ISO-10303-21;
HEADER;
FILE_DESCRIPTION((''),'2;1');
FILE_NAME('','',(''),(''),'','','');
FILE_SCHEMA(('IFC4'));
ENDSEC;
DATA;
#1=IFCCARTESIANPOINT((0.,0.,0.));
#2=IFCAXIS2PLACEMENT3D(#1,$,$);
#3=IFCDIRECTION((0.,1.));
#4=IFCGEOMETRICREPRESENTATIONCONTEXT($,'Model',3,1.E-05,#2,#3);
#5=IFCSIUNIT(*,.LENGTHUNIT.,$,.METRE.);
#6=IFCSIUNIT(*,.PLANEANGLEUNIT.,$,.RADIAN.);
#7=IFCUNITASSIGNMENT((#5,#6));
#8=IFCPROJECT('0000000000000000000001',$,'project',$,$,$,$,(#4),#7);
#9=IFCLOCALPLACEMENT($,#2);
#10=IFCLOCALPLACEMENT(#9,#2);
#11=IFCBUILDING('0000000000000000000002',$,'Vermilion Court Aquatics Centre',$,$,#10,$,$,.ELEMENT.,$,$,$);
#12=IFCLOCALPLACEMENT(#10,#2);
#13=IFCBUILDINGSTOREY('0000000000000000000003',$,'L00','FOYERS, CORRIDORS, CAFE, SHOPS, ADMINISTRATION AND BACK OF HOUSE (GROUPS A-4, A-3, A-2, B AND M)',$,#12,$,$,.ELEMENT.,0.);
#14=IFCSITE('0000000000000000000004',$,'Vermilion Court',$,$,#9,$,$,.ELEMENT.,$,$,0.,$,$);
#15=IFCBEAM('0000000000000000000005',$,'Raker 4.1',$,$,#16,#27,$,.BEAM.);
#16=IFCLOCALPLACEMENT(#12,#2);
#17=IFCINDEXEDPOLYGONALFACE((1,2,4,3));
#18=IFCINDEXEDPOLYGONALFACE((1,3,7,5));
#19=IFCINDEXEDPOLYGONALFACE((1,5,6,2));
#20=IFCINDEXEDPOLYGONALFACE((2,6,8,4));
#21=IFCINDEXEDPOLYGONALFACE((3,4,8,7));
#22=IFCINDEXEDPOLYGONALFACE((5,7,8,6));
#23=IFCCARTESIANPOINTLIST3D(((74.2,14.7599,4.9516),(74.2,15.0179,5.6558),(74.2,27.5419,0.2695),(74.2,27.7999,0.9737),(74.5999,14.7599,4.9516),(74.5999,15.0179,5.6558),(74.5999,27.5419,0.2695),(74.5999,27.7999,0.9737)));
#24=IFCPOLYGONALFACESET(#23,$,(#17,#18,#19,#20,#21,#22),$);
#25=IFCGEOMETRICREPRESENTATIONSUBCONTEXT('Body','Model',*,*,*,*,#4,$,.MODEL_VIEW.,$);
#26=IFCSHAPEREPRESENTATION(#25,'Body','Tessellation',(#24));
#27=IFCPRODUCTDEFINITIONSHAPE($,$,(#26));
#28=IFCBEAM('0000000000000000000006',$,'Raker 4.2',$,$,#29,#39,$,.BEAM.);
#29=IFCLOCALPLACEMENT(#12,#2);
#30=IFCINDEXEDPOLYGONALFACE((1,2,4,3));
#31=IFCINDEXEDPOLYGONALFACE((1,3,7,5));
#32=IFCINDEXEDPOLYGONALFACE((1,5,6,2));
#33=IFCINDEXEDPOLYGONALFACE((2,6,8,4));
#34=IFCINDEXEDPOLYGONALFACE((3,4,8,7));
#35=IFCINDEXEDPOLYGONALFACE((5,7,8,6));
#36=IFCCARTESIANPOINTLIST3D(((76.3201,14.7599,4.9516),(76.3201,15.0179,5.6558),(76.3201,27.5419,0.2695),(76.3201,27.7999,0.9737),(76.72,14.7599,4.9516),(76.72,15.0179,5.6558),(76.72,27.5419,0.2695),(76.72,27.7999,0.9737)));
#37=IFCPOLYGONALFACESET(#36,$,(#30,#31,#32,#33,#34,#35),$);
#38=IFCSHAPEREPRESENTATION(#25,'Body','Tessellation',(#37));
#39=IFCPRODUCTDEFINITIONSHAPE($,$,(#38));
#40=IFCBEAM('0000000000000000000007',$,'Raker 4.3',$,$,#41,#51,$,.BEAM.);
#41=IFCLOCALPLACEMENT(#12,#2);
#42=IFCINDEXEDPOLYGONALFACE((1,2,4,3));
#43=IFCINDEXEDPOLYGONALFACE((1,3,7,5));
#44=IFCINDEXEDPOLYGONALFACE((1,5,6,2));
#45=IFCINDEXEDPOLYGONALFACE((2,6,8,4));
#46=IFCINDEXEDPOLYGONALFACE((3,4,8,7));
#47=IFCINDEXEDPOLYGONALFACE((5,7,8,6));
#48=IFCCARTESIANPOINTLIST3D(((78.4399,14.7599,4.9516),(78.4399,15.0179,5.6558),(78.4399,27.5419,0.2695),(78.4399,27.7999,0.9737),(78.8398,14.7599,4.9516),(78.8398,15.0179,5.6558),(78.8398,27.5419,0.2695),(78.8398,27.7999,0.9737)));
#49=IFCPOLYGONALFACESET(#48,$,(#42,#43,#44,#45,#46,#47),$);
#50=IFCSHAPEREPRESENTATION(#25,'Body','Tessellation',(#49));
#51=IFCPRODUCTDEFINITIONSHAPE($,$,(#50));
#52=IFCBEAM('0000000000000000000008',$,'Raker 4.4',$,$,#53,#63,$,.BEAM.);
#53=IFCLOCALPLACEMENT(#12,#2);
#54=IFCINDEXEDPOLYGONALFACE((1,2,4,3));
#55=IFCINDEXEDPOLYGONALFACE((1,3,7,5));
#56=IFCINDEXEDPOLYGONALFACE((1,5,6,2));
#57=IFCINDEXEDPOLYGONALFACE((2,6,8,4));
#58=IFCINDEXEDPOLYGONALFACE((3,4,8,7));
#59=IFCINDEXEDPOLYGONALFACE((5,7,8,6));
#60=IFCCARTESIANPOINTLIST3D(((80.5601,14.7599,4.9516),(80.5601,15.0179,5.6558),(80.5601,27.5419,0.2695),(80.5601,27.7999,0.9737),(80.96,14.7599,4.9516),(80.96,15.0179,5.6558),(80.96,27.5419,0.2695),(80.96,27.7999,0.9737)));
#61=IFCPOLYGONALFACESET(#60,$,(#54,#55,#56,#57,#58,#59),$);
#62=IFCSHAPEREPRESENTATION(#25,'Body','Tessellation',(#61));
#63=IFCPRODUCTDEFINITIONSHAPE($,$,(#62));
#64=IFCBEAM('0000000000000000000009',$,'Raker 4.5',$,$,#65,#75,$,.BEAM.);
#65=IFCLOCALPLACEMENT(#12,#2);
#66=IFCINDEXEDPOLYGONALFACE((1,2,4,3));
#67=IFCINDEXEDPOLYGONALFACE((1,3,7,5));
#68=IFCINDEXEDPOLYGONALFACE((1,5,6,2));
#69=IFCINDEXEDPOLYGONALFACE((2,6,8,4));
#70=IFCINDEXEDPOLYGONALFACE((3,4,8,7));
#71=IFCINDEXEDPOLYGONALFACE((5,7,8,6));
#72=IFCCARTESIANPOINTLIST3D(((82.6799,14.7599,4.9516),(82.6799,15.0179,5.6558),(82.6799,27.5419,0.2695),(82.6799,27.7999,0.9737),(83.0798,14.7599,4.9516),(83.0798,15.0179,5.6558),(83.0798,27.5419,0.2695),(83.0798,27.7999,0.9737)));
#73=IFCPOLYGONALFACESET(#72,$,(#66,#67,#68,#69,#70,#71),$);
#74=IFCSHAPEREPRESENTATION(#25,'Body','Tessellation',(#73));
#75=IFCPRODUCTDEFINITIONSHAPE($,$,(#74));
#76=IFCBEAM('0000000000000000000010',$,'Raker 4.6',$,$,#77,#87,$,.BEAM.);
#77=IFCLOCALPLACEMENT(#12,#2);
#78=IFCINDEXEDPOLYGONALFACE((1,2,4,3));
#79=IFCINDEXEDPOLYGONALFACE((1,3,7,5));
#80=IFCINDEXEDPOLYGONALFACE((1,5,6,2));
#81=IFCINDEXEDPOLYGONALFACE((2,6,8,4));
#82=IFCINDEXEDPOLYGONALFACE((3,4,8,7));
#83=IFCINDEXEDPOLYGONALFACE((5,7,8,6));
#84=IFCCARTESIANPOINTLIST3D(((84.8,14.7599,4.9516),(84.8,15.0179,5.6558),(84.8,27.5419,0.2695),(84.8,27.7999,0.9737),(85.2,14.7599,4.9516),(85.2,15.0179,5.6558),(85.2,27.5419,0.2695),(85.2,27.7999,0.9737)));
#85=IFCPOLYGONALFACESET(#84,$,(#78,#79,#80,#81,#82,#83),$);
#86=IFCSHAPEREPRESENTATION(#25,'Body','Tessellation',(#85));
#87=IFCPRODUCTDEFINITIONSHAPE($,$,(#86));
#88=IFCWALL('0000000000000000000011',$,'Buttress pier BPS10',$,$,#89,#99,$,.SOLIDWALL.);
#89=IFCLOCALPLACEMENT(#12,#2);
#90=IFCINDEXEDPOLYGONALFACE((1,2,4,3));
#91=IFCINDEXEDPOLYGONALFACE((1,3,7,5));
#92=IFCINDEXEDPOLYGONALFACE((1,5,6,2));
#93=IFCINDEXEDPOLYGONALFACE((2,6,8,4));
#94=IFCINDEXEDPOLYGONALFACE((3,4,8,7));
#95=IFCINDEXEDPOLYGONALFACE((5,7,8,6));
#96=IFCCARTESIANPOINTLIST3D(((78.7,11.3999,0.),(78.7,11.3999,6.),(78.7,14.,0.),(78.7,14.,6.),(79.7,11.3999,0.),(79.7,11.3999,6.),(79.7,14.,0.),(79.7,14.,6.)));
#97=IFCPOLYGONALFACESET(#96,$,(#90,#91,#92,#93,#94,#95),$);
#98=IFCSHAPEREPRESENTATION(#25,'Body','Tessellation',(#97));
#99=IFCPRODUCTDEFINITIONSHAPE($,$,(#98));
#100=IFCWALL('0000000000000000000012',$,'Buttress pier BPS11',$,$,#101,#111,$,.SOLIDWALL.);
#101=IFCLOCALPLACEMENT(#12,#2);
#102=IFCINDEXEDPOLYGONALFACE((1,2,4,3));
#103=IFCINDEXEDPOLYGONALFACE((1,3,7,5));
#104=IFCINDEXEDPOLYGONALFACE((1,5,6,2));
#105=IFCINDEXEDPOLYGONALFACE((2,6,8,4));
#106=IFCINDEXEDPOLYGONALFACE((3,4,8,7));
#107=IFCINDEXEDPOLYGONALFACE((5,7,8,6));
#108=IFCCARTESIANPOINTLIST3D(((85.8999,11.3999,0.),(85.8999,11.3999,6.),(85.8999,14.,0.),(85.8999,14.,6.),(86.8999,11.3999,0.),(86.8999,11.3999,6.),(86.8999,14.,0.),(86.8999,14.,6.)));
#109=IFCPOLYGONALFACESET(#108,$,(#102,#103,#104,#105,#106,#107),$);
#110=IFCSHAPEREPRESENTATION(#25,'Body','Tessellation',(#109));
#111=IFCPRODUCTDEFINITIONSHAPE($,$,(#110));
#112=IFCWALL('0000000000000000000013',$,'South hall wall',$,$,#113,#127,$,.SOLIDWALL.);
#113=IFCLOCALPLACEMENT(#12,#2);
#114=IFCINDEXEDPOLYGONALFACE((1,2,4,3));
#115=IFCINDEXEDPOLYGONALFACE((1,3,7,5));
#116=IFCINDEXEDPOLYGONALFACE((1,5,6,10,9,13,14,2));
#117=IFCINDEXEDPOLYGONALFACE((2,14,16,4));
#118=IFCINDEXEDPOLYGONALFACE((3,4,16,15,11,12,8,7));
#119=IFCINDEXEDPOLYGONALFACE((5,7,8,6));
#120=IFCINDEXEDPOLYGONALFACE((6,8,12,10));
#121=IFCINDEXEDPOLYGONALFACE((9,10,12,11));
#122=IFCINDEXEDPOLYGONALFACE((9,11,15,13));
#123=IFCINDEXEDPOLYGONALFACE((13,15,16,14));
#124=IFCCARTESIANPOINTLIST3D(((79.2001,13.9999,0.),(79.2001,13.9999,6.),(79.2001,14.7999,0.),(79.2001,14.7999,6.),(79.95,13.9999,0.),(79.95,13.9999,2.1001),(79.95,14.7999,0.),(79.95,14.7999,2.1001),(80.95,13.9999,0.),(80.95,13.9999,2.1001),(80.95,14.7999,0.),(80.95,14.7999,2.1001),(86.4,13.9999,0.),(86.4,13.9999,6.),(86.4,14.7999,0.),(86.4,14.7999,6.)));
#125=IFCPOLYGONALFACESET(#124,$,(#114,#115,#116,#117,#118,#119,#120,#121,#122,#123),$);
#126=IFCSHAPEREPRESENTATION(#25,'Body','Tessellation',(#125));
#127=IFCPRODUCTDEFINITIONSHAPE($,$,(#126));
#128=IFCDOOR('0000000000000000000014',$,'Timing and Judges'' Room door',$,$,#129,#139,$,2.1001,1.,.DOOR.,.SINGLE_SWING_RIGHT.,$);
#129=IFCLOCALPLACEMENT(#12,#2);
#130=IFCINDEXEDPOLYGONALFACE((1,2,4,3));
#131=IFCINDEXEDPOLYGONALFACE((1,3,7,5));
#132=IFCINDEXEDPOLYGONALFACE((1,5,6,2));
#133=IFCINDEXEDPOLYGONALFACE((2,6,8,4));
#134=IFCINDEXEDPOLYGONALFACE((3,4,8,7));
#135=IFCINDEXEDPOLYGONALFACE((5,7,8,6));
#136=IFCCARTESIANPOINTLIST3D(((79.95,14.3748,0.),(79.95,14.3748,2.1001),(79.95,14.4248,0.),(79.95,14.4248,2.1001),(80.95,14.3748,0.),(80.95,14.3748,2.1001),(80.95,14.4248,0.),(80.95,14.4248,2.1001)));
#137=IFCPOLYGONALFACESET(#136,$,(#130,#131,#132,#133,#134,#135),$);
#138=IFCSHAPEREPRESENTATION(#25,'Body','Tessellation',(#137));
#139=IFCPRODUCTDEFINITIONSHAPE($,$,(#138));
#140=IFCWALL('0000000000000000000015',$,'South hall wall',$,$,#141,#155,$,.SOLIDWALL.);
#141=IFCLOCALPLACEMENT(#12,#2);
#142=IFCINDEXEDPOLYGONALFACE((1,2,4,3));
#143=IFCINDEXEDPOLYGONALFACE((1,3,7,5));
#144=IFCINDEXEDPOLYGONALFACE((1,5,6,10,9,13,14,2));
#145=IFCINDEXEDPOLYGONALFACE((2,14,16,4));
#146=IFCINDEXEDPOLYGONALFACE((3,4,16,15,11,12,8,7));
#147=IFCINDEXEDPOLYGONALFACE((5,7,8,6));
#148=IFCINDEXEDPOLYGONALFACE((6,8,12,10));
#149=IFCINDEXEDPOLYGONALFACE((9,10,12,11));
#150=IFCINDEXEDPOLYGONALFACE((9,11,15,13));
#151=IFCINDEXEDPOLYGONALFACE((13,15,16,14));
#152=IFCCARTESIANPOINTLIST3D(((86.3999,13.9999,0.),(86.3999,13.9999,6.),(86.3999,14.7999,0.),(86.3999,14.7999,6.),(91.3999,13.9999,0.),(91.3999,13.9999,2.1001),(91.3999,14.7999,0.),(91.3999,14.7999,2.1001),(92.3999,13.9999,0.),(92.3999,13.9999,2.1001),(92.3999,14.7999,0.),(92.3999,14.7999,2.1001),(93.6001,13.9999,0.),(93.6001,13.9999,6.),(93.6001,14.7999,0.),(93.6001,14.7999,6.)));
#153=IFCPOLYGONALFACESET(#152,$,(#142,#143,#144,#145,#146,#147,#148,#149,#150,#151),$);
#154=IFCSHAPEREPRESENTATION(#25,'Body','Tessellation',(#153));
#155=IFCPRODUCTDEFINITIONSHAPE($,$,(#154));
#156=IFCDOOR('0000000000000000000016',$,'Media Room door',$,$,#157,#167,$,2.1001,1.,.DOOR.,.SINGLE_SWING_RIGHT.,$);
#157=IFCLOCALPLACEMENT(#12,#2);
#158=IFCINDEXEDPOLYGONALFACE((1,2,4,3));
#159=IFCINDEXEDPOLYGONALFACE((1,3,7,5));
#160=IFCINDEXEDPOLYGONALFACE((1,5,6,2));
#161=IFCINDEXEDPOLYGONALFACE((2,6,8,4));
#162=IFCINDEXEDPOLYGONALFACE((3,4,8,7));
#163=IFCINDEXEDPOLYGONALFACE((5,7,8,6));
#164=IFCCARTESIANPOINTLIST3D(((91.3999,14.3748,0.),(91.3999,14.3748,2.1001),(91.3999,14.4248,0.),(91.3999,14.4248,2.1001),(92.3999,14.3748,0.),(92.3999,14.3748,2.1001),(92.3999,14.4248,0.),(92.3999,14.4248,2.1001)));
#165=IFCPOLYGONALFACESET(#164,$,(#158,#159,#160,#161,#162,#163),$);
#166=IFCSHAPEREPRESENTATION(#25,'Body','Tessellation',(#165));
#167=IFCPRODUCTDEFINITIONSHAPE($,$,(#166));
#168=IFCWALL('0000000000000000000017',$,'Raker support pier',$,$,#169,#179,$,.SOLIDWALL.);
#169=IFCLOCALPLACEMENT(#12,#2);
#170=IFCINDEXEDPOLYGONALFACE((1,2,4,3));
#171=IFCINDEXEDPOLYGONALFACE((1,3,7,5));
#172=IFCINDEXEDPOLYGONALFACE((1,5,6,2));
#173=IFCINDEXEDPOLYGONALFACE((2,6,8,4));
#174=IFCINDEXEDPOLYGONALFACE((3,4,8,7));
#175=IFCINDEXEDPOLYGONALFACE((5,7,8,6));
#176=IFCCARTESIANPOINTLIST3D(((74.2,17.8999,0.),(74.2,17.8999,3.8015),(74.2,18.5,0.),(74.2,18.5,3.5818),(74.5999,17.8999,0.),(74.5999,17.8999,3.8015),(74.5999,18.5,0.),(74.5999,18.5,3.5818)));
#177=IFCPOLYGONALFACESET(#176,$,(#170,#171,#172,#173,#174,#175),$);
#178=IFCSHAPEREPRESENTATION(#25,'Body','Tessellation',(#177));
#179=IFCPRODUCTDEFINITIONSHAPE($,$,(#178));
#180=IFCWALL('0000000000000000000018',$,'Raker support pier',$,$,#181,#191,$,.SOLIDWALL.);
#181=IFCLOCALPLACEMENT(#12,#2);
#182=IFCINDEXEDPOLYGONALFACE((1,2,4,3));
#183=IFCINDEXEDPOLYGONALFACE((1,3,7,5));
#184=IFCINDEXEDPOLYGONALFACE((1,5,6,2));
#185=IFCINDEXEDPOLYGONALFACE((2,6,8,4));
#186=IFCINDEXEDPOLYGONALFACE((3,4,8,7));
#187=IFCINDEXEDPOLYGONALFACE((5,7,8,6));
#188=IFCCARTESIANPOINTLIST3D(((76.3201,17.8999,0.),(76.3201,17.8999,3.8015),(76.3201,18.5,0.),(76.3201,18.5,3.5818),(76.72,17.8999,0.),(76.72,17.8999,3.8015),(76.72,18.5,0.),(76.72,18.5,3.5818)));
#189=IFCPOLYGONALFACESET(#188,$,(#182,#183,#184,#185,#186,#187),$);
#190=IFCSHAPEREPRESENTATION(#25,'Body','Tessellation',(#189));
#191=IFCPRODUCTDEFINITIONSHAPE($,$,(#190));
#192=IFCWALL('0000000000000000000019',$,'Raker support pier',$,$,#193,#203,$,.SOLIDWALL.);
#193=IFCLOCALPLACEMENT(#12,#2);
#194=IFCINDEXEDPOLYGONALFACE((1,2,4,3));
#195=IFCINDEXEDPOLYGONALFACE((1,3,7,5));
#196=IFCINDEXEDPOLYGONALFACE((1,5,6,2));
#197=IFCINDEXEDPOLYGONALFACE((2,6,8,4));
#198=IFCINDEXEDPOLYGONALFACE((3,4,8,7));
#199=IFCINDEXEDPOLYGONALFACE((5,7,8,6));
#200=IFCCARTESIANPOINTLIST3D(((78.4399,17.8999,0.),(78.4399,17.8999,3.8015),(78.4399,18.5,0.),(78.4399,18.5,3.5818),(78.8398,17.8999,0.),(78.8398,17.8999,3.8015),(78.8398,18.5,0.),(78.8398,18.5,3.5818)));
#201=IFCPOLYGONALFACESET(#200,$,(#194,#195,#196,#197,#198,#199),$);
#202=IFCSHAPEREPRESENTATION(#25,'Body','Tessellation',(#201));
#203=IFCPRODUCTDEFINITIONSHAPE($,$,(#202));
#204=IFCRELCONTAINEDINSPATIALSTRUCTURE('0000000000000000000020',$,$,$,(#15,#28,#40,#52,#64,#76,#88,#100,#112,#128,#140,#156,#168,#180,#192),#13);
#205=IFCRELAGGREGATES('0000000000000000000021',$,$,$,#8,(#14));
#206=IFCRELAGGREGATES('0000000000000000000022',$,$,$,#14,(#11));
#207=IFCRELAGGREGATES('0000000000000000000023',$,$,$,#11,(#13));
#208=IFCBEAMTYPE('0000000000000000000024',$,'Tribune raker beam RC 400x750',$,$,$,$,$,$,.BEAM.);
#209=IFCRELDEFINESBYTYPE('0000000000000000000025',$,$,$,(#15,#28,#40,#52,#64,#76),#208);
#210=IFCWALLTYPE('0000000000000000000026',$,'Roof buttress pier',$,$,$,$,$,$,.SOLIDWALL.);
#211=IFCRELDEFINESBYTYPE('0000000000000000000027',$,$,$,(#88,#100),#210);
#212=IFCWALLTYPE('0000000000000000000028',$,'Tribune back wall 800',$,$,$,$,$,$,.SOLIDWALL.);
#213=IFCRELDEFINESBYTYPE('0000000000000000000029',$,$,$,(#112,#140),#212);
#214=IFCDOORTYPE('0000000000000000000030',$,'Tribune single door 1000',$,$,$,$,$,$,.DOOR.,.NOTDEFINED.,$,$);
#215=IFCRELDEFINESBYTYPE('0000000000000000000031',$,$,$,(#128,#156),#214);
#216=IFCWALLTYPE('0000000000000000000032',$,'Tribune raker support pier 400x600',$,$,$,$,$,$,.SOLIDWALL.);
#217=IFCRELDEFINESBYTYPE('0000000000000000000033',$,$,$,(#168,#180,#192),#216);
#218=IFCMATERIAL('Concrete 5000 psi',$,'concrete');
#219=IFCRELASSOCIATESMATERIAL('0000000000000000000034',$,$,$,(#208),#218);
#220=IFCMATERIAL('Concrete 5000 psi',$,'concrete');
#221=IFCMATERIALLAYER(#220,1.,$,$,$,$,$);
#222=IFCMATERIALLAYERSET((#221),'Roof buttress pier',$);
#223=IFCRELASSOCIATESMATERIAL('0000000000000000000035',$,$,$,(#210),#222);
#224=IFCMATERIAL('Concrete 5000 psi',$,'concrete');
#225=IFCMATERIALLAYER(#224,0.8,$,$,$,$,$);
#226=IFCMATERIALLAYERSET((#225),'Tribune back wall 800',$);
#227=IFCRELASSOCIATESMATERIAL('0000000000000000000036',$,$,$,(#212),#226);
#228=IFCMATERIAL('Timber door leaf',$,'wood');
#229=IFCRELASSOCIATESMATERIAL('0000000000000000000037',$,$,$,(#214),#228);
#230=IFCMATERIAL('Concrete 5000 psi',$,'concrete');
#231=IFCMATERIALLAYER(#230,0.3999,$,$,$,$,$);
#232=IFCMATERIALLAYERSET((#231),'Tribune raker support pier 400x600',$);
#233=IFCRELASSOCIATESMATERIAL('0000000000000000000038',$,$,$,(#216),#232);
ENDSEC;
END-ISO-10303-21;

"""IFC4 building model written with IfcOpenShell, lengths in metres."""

from ifc_helpers import new_model, si_unit, direction, frame, frame_2d, origin, origin_2d, place, context, subcontext, project, spatial, polyline, rectangle, outline, extrude, material, layer, layer_set, material_profile, profile_set, type_object, element, fill, save


model = new_model("IFC4")

# Units and contexts
model_context = context("Model", 3, precision=1e-05, world=origin(), true_north=direction((0.0, 1.0)))
body_context = subcontext(model_context, "Body", "Model", "MODEL_VIEW")
ifc_project = project(units=[si_unit("LENGTHUNIT", "METRE"), si_unit("PLANEANGLEUNIT", "RADIAN")], contexts=[model_context])

# Site, building, storey
site_placement = place(None, origin())
site = spatial("IfcSite", under=ifc_project, at=site_placement, Name="Vermilion Court", CompositionType="ELEMENT", RefElevation=0.0)
building_placement = place(site_placement, origin())
building = spatial("IfcBuilding", under=site, at=building_placement, Name="Vermilion Court Aquatics Centre", CompositionType="ELEMENT")
storey_placement = place(building_placement, origin())
storey = spatial("IfcBuildingStorey", under=building, at=storey_placement, Name="L00", Description="FOYERS, CORRIDORS, CAFE, SHOPS, ADMINISTRATION AND BACK OF HOUSE (GROUPS A-4, A-3, A-2, B AND M)", CompositionType="ELEMENT", Elevation=0.0)

# Beams
ifc_material_1 = material(Name="Concrete 5000 psi", Category="concrete")
ifc_material_profile = material_profile(ifc_material_1, rectangle(XDim=0.3999, YDim=0.75, at=origin_2d()), Name="RC 400x750")
ifc_profile_set = profile_set([ifc_material_profile], Name="Concrete 5000 psi")
beam_type = type_object("IfcBeamType", Name="Tribune raker beam RC 400x750", PredefinedType="BEAM", material=ifc_profile_set)
for number, where, z_axis, x_axis, name in (
    (1, (74.3999, 27.6709, 0.6216), (0.0, -0.938985, 0.343957), (1.0, 0.0, 0.0), "Raker 4.1"),
    (2, (76.52, 27.6709, 0.6216), (0.0, -0.938985, 0.343957), (1.0, 0.0, 0.0), "Raker 4.2"),
    (3, (78.6399, 27.6709, 0.6216), (0.0, -0.938985, 0.343957), (1.0, 0.0, 0.0), "Raker 4.3"),
    (4, (80.76, 27.6709, 0.6216), (0.0, -0.938985, 0.343957), (1.0, 0.0, 0.0), "Raker 4.4"),
    (5, (82.8799, 27.6709, 0.6216), (0.0, -0.938985, 0.343957), (1.0, 0.0, 0.0), "Raker 4.5"),
    (6, (85.0, 27.6709, 0.6216), (0.0, -0.938985, 0.343957), (1.0, 0.0, 0.0), "Raker 4.6"),
):
    element("IfcBeam", number, at=place(storey_placement, frame(where, z_axis=z_axis, x_axis=x_axis)), inside=storey, type_object=beam_type, Name=name, PredefinedType="BEAM", context=body_context, shape_type="SweptSolid", body=[
        extrude(rectangle(XDim=0.3999, YDim=0.75, at=origin_2d()), origin(), (0.0, 0.0, 1.0), 13.6125),
    ])

# Walls
ifc_material_2 = material(Name="Concrete 5000 psi", Category="concrete")
ifc_layer_1 = layer(ifc_material_2, 1.0)
ifc_layer_set_1 = layer_set([ifc_layer_1], Name="Roof buttress pier")
wall_type_1 = type_object("IfcWallType", Name="Roof buttress pier", PredefinedType="SOLIDWALL", material=ifc_layer_set_1)
for number, where, z_axis, x_axis, name in (
    (7, (79.2, 11.3999, 0.0), (0.0, 0.0, 1.0), (0.0, 1.0, 0.0), "Buttress pier BPS10"),
    (8, (86.3999, 11.3999, 0.0), (0.0, 0.0, 1.0), (0.0, 1.0, 0.0), "Buttress pier BPS11"),
):
    element("IfcWall", number, at=place(storey_placement, frame(where, z_axis=z_axis, x_axis=x_axis)), inside=storey, type_object=wall_type_1, Name=name, PredefinedType="SOLIDWALL", context=body_context, shape_type="SweptSolid", body=[
        extrude(rectangle(XDim=2.6001, YDim=1.0, at=frame_2d((1.3, 0.0))), origin(), (0.0, 0.0, 1.0), 6.0),
    ])

# Walls, openings, doors
ifc_material_3 = material(Name="Concrete 5000 psi", Category="concrete")
ifc_layer_2 = layer(ifc_material_3, 0.8)
ifc_layer_set_2 = layer_set([ifc_layer_2], Name="Tribune back wall 800")
wall_type_2 = type_object("IfcWallType", Name="Tribune back wall 800", PredefinedType="SOLIDWALL", material=ifc_layer_set_2)
wall_1_placement = place(storey_placement, frame((79.2, 14.3999, 0.0), z_axis=(0.0, 0.0, 1.0), x_axis=(1.0, 0.0, 0.0)))
wall_1 = element("IfcWall", 9, at=wall_1_placement, inside=storey, type_object=wall_type_2, Name="South hall wall", PredefinedType="SOLIDWALL", context=body_context, shape_type="SweptSolid", body=[
    extrude(rectangle(XDim=7.2, YDim=0.8, at=frame_2d((3.6001, 0.0))), origin(), (0.0, 0.0, 1.0), 6.0),
])
opening_1_placement = place(wall_1_placement, frame((0.75, 0.0, 0.0)))
opening_1 = element("IfcOpeningElement", 10, at=opening_1_placement, cuts=wall_1, PredefinedType="OPENING", context=body_context, shape_type="SweptSolid", body=[
    extrude(rectangle(XDim=1.0, YDim=2.1001, at=frame_2d((0.5, 1.05))), frame((0.0, 0.4099, 0.0), z_axis=(0.0, -1.0, 0.0), x_axis=(1.0, 0.0, 0.0)), (0.0, 0.0, 1.0), 0.8201),
])
ifc_material_4 = material(Name="Timber door leaf", Category="wood")
door_type = type_object("IfcDoorType", Name="Tribune single door 1000", OperationType="NOTDEFINED", PredefinedType="DOOR", material=ifc_material_4)
door_1_placement = place(opening_1_placement, origin())
door_1 = element("IfcDoor", 11, at=door_1_placement, inside=storey, type_object=door_type, Name="Timing and Judges' Room door", OperationType="SINGLE_SWING_RIGHT", OverallHeight=2.1001, OverallWidth=1.0, PredefinedType="DOOR", context=body_context, shape_type="SweptSolid", body=[
    extrude(rectangle(XDim=1.0, YDim=2.1001, at=frame_2d((0.5, 1.05))), frame((0.0, 0.0249, 0.0), z_axis=(0.0, -1.0, 0.0), x_axis=(1.0, 0.0, 0.0)), (0.0, 0.0, 1.0), 0.05),
])
fill(opening_1, door_1)
wall_2_placement = place(storey_placement, frame((86.3999, 14.3999, 0.0), z_axis=(0.0, 0.0, 1.0), x_axis=(1.0, 0.0, 0.0)))
wall_2 = element("IfcWall", 12, at=wall_2_placement, inside=storey, type_object=wall_type_2, Name="South hall wall", PredefinedType="SOLIDWALL", context=body_context, shape_type="SweptSolid", body=[
    extrude(rectangle(XDim=7.2002, YDim=0.8, at=frame_2d((3.6001, 0.0))), origin(), (0.0, 0.0, 1.0), 6.0),
])
opening_2_placement = place(wall_2_placement, frame((5.0, 0.0, 0.0)))
opening_2 = element("IfcOpeningElement", 13, at=opening_2_placement, cuts=wall_2, PredefinedType="OPENING", context=body_context, shape_type="SweptSolid", body=[
    extrude(rectangle(XDim=1.0, YDim=2.1001, at=frame_2d((0.5, 1.05))), frame((0.0, 0.4099, 0.0), z_axis=(0.0, -1.0, 0.0), x_axis=(1.0, 0.0, 0.0)), (0.0, 0.0, 1.0), 0.8201),
])
door_2_placement = place(opening_2_placement, origin())
door_2 = element("IfcDoor", 14, at=door_2_placement, inside=storey, type_object=door_type, Name="Media Room door", OperationType="SINGLE_SWING_RIGHT", OverallHeight=2.1001, OverallWidth=1.0, PredefinedType="DOOR", context=body_context, shape_type="SweptSolid", body=[
    extrude(rectangle(XDim=1.0, YDim=2.1001, at=frame_2d((0.5, 1.05))), frame((0.0, 0.0249, 0.0), z_axis=(0.0, -1.0, 0.0), x_axis=(1.0, 0.0, 0.0)), (0.0, 0.0, 1.0), 0.05),
])
fill(opening_2, door_2)

# Walls
ifc_material_5 = material(Name="Concrete 5000 psi", Category="concrete")
ifc_layer_3 = layer(ifc_material_5, 0.3999)
ifc_layer_set_3 = layer_set([ifc_layer_3], Name="Tribune raker support pier 400x600")
wall_type_3 = type_object("IfcWallType", Name="Tribune raker support pier 400x600", PredefinedType="SOLIDWALL", material=ifc_layer_set_3)
for number, where, z_axis, x_axis, name in (
    (15, (74.3999, 18.5, 0.0), (0.0, 0.0, 1.0), (0.0, -1.0, 0.0), "Raker support pier"),
    (16, (76.52, 18.5, 0.0), (0.0, 0.0, 1.0), (0.0, -1.0, 0.0), "Raker support pier"),
    (17, (78.6399, 18.5, 0.0), (0.0, 0.0, 1.0), (0.0, -1.0, 0.0), "Raker support pier"),
):
    element("IfcWall", number, at=place(storey_placement, frame(where, z_axis=z_axis, x_axis=x_axis)), inside=storey, type_object=wall_type_3, Name=name, PredefinedType="SOLIDWALL", context=body_context, shape_type="SweptSolid", body=[
        extrude(outline(polyline([(0.0, 0.0), (0.6001, 0.0), (0.6001, 3.8015), (0.0, 3.5818), (0.0, 0.0)])), frame((0.0, 0.2, 0.0), z_axis=(0.0, -1.0, 0.0), x_axis=(1.0, 0.0, 0.0)), (0.0, 0.0, 1.0), 0.3999),
    ])

save(model, "model.ifc")
